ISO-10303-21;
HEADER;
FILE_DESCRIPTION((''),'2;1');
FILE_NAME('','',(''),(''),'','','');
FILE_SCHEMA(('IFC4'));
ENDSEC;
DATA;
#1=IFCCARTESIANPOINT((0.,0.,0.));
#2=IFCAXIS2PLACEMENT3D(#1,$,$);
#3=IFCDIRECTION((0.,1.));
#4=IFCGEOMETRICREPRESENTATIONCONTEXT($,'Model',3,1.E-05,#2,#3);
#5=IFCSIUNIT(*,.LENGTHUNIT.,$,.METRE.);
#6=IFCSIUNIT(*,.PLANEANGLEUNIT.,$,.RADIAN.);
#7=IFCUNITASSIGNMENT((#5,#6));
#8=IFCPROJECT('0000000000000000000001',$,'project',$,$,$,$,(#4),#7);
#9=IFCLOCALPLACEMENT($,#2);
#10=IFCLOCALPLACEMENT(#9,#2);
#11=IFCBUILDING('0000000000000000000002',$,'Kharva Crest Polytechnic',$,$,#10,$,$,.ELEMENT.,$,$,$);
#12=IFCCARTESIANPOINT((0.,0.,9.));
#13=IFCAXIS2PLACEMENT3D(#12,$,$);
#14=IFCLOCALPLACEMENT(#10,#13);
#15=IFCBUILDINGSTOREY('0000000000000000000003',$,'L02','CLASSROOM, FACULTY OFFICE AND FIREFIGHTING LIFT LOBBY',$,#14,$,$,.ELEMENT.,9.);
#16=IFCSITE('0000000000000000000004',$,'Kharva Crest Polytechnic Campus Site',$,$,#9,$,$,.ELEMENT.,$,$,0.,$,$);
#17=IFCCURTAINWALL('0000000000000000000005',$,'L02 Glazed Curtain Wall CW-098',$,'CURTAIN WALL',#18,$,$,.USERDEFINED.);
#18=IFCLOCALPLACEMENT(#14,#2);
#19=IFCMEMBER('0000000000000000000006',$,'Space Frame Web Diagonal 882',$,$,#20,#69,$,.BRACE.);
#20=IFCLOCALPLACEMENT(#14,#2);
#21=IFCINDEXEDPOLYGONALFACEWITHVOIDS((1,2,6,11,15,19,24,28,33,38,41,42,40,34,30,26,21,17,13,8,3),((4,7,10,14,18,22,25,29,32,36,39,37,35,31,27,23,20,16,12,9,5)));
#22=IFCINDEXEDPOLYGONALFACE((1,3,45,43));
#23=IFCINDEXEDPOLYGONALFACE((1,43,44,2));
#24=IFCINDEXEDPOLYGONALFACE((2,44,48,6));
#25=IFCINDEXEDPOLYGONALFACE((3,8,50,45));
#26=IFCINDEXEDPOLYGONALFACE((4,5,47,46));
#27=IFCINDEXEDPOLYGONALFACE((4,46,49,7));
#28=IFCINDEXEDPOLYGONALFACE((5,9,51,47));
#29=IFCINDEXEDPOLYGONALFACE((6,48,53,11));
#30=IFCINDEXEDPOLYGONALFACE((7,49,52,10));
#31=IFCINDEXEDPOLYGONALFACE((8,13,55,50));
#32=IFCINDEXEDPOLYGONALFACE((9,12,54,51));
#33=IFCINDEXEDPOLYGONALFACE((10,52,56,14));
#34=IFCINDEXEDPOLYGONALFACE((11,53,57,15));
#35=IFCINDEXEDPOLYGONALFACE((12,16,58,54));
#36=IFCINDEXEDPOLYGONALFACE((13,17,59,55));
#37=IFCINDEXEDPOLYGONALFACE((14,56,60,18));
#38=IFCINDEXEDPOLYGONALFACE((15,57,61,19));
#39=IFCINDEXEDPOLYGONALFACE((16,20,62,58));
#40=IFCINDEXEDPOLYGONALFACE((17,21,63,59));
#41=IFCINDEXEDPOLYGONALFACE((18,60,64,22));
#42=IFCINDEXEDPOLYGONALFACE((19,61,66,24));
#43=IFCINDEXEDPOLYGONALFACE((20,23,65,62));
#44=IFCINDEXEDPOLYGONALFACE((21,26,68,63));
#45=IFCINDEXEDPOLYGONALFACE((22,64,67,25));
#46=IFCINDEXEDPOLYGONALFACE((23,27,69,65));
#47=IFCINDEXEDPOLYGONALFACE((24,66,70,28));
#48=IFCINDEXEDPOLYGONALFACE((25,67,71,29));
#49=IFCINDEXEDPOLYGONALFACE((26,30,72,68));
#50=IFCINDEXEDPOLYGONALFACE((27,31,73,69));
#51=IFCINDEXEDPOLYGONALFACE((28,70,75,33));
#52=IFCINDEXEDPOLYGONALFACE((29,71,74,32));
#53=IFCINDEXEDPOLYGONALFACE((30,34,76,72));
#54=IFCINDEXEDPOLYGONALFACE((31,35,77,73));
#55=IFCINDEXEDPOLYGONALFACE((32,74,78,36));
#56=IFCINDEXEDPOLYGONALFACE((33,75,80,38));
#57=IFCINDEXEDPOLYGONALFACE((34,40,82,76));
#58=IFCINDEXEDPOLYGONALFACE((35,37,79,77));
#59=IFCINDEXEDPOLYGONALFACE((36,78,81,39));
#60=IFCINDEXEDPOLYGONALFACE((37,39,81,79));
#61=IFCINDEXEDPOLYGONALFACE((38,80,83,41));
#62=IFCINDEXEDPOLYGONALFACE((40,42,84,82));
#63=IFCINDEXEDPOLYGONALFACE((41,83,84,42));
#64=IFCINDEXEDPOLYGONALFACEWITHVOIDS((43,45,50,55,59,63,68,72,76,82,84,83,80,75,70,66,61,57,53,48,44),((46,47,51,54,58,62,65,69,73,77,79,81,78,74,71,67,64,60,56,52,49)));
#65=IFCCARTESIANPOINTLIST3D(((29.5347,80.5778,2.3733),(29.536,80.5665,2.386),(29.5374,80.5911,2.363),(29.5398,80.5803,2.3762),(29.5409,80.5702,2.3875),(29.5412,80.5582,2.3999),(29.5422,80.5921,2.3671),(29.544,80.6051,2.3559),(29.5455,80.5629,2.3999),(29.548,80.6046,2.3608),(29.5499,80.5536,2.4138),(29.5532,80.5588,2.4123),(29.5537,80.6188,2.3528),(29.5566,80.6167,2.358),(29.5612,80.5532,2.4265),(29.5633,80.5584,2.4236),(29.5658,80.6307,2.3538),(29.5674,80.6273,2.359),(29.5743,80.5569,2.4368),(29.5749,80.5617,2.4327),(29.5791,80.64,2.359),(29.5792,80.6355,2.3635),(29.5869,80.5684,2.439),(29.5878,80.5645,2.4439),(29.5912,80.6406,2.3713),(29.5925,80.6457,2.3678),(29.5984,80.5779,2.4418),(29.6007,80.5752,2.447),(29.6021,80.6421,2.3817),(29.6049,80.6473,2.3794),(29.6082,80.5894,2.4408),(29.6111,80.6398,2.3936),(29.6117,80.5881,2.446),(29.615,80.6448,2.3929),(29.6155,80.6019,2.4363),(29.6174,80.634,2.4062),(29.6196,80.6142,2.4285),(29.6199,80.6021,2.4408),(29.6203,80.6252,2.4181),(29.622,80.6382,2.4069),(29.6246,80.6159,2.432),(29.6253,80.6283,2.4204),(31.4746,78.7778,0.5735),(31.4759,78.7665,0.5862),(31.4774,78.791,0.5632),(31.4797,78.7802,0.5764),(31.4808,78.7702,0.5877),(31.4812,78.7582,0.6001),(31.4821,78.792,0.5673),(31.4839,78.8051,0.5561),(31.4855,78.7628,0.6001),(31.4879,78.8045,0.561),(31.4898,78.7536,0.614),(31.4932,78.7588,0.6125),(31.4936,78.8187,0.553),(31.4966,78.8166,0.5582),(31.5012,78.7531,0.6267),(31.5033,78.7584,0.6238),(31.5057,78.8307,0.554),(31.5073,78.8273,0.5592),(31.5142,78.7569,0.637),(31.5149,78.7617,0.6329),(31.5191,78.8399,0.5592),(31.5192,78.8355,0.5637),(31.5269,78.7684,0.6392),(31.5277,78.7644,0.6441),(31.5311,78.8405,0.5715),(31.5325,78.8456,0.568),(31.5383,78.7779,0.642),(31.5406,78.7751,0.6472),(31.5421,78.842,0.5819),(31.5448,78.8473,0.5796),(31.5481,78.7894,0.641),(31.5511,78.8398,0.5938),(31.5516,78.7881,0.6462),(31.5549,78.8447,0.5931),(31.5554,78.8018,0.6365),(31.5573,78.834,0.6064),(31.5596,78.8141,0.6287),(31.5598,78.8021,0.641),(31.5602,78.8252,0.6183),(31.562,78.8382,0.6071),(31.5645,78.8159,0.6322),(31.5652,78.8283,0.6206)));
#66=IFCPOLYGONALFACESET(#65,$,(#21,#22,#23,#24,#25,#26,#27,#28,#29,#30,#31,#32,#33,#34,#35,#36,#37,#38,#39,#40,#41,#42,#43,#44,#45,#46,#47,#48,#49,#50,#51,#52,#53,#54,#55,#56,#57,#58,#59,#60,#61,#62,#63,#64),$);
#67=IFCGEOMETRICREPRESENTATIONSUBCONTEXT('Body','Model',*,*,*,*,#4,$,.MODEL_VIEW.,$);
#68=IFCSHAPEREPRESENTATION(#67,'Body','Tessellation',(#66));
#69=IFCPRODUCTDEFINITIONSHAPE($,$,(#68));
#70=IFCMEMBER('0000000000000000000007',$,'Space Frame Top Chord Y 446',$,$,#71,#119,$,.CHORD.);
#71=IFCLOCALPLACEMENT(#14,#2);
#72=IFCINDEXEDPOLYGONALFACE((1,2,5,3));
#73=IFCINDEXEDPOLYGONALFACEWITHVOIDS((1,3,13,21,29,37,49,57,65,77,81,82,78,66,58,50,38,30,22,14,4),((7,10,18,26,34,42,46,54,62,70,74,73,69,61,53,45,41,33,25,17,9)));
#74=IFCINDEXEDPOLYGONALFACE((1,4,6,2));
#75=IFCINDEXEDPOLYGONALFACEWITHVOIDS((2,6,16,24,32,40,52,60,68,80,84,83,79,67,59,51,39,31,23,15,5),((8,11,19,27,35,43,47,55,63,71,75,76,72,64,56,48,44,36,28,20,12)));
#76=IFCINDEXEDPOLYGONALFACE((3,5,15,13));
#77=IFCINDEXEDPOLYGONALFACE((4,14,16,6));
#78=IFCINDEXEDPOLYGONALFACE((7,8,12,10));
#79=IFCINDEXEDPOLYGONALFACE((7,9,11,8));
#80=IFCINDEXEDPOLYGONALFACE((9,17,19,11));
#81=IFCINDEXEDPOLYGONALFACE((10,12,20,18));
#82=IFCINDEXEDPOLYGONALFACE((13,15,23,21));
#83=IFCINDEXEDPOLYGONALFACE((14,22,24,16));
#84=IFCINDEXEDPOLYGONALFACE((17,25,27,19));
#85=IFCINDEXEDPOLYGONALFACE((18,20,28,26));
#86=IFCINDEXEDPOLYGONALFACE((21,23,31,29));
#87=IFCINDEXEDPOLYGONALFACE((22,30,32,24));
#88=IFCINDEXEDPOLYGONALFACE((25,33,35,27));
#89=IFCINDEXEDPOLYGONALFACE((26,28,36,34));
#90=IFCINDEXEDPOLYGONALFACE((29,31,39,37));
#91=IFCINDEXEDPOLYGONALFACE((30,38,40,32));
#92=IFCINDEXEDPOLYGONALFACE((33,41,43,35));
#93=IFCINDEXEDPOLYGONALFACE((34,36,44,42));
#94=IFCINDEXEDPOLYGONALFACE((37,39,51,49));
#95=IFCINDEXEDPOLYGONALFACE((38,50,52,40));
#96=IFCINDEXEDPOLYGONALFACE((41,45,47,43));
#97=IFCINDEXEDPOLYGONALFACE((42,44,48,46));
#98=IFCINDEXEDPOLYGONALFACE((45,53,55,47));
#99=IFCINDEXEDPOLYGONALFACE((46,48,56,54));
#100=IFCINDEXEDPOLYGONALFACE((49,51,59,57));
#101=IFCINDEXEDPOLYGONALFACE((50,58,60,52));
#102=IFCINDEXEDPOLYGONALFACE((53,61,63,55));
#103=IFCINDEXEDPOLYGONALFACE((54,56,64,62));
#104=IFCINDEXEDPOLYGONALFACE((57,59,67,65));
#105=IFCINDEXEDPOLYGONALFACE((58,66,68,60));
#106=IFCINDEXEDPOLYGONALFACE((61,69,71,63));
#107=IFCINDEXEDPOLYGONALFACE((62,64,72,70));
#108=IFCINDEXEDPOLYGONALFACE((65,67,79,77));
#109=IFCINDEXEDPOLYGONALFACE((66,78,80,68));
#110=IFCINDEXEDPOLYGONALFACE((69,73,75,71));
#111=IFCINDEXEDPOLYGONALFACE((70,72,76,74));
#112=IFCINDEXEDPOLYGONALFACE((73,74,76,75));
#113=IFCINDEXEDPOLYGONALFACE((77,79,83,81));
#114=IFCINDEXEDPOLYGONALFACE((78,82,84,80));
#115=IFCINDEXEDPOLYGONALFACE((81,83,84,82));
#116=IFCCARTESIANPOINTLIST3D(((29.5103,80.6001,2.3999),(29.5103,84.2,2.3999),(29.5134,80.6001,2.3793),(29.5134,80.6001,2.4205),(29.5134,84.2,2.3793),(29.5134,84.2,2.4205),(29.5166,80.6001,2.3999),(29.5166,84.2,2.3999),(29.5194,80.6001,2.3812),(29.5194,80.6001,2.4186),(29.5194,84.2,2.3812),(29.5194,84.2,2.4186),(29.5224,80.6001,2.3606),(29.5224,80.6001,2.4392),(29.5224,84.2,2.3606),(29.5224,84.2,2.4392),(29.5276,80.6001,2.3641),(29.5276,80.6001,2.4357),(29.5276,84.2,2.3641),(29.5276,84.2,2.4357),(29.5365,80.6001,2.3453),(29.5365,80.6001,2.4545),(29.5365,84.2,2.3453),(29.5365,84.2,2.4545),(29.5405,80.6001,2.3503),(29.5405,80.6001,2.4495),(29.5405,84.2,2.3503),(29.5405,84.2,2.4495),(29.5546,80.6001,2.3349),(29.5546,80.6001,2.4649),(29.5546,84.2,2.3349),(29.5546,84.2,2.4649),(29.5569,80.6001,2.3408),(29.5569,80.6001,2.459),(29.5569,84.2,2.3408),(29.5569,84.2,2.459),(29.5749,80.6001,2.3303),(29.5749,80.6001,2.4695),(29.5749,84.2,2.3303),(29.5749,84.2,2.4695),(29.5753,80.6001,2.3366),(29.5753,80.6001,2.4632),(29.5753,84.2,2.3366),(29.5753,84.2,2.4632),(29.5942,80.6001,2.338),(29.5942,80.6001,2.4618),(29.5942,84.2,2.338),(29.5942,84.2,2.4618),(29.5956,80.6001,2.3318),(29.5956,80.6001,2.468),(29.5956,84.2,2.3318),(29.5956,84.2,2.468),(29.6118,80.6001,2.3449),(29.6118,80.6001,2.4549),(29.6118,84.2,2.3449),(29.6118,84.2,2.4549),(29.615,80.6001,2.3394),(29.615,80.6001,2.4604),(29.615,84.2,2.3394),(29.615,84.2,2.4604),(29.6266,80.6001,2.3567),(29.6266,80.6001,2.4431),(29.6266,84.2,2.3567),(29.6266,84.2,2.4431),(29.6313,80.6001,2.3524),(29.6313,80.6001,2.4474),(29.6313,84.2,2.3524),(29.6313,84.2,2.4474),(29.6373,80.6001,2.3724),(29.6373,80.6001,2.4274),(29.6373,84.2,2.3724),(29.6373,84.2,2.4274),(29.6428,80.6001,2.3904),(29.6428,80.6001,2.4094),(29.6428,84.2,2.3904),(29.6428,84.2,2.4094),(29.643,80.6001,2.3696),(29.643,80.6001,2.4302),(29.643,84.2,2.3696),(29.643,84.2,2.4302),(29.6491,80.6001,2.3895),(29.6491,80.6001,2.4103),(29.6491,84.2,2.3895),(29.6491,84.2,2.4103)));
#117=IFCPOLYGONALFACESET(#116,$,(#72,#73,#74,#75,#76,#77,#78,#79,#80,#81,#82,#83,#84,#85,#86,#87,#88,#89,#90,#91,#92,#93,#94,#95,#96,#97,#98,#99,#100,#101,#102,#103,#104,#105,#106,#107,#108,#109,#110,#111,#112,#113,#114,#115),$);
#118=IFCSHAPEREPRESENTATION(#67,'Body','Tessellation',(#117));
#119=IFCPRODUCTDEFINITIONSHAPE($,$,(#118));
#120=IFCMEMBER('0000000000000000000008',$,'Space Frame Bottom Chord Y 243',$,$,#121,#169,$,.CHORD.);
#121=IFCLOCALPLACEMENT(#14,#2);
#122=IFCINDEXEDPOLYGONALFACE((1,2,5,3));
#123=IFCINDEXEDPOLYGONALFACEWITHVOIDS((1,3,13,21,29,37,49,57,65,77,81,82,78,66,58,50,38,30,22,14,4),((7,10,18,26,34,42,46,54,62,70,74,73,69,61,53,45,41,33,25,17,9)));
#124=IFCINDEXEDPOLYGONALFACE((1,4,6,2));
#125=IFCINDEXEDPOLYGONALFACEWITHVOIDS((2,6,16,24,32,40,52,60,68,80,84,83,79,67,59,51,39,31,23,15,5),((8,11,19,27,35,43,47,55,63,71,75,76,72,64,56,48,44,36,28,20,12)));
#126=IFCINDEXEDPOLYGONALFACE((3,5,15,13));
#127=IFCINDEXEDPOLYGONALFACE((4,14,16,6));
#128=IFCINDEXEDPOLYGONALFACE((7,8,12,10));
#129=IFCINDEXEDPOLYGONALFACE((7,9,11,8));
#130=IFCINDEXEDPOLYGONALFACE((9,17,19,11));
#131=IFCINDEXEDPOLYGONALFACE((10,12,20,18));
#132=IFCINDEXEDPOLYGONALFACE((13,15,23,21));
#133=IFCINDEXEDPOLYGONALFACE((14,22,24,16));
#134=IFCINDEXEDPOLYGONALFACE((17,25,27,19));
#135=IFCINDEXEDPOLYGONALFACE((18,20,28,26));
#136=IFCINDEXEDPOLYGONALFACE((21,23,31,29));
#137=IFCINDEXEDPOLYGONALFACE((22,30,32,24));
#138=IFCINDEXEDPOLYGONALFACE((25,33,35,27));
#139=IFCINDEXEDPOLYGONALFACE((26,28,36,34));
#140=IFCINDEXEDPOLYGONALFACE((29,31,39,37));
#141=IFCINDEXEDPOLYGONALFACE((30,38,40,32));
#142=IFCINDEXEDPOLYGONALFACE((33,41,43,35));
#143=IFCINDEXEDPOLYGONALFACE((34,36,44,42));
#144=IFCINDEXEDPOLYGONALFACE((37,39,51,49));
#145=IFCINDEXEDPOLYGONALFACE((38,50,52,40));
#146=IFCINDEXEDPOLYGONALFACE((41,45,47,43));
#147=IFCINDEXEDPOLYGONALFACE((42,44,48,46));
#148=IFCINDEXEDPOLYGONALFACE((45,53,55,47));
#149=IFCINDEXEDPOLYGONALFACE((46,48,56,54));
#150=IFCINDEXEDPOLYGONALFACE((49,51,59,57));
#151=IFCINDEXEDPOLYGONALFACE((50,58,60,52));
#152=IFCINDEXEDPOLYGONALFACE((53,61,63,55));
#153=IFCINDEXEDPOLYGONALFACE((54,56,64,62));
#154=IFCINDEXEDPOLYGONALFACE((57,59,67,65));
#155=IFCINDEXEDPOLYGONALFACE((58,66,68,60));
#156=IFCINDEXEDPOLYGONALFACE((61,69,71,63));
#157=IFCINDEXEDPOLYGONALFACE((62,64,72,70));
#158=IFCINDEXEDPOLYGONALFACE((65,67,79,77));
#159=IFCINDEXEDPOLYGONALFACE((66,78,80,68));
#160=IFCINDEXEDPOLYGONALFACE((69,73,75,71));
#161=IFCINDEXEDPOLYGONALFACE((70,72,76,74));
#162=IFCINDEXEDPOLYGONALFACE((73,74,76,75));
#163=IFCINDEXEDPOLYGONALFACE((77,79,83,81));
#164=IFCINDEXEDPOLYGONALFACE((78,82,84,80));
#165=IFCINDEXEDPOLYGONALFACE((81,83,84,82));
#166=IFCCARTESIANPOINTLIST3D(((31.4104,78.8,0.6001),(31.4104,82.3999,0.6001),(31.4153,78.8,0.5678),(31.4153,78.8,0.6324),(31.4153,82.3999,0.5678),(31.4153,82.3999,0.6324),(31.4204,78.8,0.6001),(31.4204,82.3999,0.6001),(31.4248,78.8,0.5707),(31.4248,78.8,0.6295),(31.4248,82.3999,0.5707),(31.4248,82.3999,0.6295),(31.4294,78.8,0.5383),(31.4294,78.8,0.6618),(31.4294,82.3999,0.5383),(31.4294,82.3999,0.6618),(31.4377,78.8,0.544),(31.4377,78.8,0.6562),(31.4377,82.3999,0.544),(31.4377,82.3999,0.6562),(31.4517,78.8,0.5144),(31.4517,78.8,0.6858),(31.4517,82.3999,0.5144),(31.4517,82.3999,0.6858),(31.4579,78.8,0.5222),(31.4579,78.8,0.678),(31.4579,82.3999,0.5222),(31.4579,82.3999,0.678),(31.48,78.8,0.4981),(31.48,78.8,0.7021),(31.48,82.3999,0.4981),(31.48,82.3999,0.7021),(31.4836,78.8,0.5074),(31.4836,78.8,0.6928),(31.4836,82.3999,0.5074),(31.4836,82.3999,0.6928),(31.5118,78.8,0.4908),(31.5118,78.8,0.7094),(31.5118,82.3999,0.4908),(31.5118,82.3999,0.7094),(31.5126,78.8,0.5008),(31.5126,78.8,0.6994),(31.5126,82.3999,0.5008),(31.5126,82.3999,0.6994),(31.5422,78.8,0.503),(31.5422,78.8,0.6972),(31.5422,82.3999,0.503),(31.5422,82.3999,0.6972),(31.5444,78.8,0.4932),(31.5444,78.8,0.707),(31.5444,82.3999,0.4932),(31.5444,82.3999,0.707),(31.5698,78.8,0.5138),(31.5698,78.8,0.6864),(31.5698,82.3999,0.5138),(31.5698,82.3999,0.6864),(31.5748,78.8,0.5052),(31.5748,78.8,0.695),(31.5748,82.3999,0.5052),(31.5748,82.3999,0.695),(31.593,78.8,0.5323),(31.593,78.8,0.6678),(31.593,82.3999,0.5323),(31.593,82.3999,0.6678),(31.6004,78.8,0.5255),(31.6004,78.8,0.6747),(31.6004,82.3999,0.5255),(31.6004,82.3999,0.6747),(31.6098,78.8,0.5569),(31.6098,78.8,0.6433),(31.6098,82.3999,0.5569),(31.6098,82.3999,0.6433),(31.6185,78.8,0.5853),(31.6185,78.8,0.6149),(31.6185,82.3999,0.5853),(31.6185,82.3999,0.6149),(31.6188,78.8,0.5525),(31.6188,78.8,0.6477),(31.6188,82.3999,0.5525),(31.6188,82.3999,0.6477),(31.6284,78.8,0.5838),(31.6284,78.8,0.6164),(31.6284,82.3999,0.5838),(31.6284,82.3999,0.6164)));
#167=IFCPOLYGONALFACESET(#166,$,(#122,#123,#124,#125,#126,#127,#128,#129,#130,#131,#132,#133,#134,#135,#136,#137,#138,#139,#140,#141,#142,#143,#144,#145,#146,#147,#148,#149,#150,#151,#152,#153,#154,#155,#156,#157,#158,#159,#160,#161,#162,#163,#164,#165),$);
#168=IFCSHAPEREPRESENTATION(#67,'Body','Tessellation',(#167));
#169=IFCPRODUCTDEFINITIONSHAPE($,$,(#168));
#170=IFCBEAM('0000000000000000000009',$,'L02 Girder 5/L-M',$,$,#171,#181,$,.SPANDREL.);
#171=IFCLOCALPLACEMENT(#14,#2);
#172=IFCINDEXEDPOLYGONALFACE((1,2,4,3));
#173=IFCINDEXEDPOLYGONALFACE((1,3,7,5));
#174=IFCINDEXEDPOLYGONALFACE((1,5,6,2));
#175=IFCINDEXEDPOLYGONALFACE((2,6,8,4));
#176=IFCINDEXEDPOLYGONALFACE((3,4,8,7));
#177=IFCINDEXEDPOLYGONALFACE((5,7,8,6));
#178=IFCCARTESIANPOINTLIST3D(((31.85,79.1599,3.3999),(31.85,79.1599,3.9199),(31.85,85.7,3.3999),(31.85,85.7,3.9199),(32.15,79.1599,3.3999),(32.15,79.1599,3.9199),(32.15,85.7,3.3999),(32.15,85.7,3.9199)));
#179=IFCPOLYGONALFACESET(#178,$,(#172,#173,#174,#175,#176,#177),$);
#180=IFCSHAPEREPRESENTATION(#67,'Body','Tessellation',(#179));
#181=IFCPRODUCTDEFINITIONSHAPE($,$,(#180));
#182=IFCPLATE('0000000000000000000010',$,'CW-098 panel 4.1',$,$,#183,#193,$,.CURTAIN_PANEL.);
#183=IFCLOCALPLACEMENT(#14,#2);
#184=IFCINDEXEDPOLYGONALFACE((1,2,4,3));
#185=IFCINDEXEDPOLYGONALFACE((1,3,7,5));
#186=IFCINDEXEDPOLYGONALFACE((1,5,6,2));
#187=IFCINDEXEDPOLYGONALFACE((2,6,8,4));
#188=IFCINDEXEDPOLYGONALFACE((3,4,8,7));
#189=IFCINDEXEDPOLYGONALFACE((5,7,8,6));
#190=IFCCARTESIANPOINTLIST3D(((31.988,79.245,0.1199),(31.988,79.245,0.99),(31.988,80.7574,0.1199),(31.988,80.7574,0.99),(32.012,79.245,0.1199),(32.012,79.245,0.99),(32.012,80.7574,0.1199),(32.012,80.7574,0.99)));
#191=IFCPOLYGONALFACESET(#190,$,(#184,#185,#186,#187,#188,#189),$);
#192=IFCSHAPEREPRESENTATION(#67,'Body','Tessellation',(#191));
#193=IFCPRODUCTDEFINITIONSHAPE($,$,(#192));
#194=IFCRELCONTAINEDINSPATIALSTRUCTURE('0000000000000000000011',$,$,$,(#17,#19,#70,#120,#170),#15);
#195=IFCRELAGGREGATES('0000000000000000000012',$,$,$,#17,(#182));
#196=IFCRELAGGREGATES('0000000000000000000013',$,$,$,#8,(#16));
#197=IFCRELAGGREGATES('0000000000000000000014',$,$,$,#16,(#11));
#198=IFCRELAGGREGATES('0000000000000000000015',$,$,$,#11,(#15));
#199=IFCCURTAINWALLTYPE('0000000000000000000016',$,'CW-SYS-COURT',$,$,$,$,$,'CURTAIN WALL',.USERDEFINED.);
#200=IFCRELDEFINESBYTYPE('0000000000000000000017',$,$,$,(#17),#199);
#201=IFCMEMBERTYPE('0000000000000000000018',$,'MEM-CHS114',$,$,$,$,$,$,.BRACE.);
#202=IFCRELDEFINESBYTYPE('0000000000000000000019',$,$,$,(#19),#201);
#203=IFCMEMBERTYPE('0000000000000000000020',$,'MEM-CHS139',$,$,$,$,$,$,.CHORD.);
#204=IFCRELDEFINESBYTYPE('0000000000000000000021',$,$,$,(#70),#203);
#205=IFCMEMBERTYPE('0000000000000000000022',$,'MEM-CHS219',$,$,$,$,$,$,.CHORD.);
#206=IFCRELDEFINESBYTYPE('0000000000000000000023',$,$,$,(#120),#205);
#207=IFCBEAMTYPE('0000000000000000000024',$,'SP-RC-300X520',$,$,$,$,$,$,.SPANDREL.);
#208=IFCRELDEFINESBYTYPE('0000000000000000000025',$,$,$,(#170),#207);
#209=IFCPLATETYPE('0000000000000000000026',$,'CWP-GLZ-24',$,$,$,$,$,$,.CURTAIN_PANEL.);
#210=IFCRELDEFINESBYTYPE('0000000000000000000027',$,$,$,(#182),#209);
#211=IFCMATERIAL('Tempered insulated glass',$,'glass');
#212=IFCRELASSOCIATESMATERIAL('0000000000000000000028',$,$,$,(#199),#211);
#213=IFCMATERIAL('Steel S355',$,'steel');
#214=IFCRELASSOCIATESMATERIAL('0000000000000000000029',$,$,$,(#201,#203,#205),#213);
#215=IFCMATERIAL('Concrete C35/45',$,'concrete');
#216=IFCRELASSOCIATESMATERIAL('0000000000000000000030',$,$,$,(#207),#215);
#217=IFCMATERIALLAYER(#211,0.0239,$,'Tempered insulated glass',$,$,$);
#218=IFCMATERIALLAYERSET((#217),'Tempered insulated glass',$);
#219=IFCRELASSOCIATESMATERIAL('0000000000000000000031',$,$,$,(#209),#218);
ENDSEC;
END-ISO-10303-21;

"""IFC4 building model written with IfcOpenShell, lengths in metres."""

from ifc_helpers import new_model, si_unit, direction, frame, origin, origin_2d, place, context, subcontext, project, spatial, rectangle, hollow_circle, extrude, material, layer, layer_set, material_profile, profile_set, type_object, element, aggregate, save


model = new_model("IFC4")

# Units and contexts
model_context = context("Model", 3, precision=1e-05, world=origin(), true_north=direction((0.0, 1.0)))
body_context = subcontext(model_context, "Body", "Model", "MODEL_VIEW")
ifc_project = project(units=[si_unit("LENGTHUNIT", "METRE"), si_unit("PLANEANGLEUNIT", "RADIAN")], contexts=[model_context])

# Site, building, storey
site_placement = place(None, origin())
site = spatial("IfcSite", under=ifc_project, at=site_placement, Name="Kharva Crest Polytechnic Campus Site", CompositionType="ELEMENT", RefElevation=0.0)
building_placement = place(site_placement, origin())
building = spatial("IfcBuilding", under=site, at=building_placement, Name="Kharva Crest Polytechnic", CompositionType="ELEMENT")
storey_placement = place(building_placement, frame((0.0, 0.0, 9.0)))
storey = spatial("IfcBuildingStorey", under=building, at=storey_placement, Name="L02", Description="CLASSROOM, FACULTY OFFICE AND FIREFIGHTING LIFT LOBBY", CompositionType="ELEMENT", Elevation=9.0)

# Shared definitions
ifc_material_1 = material(Name="Concrete C35/45", Category="concrete")

# Curtain wall
ifc_material_2 = material(Name="Tempered insulated glass", Category="glass")
curtain_wall_type_1 = type_object("IfcCurtainWallType", Name="CW-SYS-COURT", ElementType="CURTAIN WALL", PredefinedType="USERDEFINED", material=ifc_material_2)
curtain_wall_1_placement = place(storey_placement, origin())
curtain_wall_1 = element("IfcCurtainWall", 1, at=curtain_wall_1_placement, inside=storey, type_object=curtain_wall_type_1, Name="L02 Glazed Curtain Wall CW-098", ObjectType="CURTAIN WALL", PredefinedType="USERDEFINED")
ifc_material_3 = material(Name="Steel S355", Category="steel")

# Members
ifc_material_profile_1 = material_profile(ifc_material_3, hollow_circle(Radius=0.0571, WallThickness=0.0063, at=origin_2d()), Name="CHS 114.3X6.3")
ifc_profile_set_1 = profile_set([ifc_material_profile_1], Name="Steel S355")
member_type_1 = type_object("IfcMemberType", Name="MEM-CHS114", PredefinedType="BRACE", material=ifc_profile_set_1)
member_1_placement = place(storey_placement, frame((31.52, 78.8, 0.6001), z_axis=(-0.606147, 0.562437, 0.562361), x_axis=(-0.680182, -0.733043, 0.0)))
element("IfcMember", 2, at=member_1_placement, inside=storey, type_object=member_type_1, Name="Space Frame Web Diagonal 882", PredefinedType="BRACE", context=body_context, shape_type="SweptSolid", body=[
    extrude(hollow_circle(Radius=0.0571, WallThickness=0.0063, at=origin_2d()), origin(), (0.0, 0.0, 1.0), 3.2004),
])
ifc_material_profile_2 = material_profile(ifc_material_3, hollow_circle(Radius=0.0698, WallThickness=0.0063, at=origin_2d()), Name="CHS 139.7X6.3")
ifc_profile_set_2 = profile_set([ifc_material_profile_2], Name="Steel S355")
member_type_2 = type_object("IfcMemberType", Name="MEM-CHS139", PredefinedType="CHORD", material=ifc_profile_set_2)
member_2_placement = place(storey_placement, frame((29.5801, 80.6001, 2.3999), z_axis=(0.0, 1.0, 0.0), x_axis=(-1.0, 0.0, 0.0)))
element("IfcMember", 3, at=member_2_placement, inside=storey, type_object=member_type_2, Name="Space Frame Top Chord Y 446", PredefinedType="CHORD", context=body_context, shape_type="SweptSolid", body=[
    extrude(hollow_circle(Radius=0.0698, WallThickness=0.0063, at=origin_2d()), origin(), (0.0, 0.0, 1.0), 3.5999),
])
ifc_material_profile_3 = material_profile(ifc_material_3, hollow_circle(Radius=0.1096, WallThickness=0.01, at=origin_2d()), Name="CHS 219.1X10.0")
ifc_profile_set_3 = profile_set([ifc_material_profile_3], Name="Steel S355")
member_type_3 = type_object("IfcMemberType", Name="MEM-CHS219", PredefinedType="CHORD", material=ifc_profile_set_3)
member_3_placement = place(storey_placement, frame((31.52, 78.8, 0.6001), z_axis=(0.0, 1.0, 0.0), x_axis=(-1.0, 0.0, 0.0)))
element("IfcMember", 4, at=member_3_placement, inside=storey, type_object=member_type_3, Name="Space Frame Bottom Chord Y 243", PredefinedType="CHORD", context=body_context, shape_type="SweptSolid", body=[
    extrude(hollow_circle(Radius=0.1096, WallThickness=0.01, at=origin_2d()), origin(), (0.0, 0.0, 1.0), 3.5999),
])

# Beam
ifc_material_profile_4 = material_profile(ifc_material_1, rectangle(XDim=0.3, YDim=0.52, at=origin_2d()), Name="RECT 300 X 520")
ifc_profile_set_4 = profile_set([ifc_material_profile_4], Name="Concrete C35/45")
beam_type_1 = type_object("IfcBeamType", Name="SP-RC-300X520", PredefinedType="SPANDREL", material=ifc_profile_set_4)
beam_1_placement = place(storey_placement, frame((32.0, 79.1599, 3.6599), z_axis=(0.0, 1.0, 0.0), x_axis=(-1.0, 0.0, 0.0)))
element("IfcBeam", 5, at=beam_1_placement, inside=storey, type_object=beam_type_1, Name="L02 Girder 5/L-M", PredefinedType="SPANDREL", context=body_context, shape_type="SweptSolid", body=[
    extrude(rectangle(XDim=0.3, YDim=0.52, at=origin_2d()), origin(), (0.0, 0.0, 1.0), 6.54),
])

# Plate
ifc_layer_1 = layer(ifc_material_2, 0.0239, Name="Tempered insulated glass")
ifc_layer_set_1 = layer_set([ifc_layer_1], Name="Tempered insulated glass")
plate_type_1 = type_object("IfcPlateType", Name="CWP-GLZ-24", PredefinedType="CURTAIN_PANEL", material=ifc_layer_set_1)
plate_1_placement = place(storey_placement, frame((32.0, 80.0012, 0.1199), z_axis=(0.0, 0.0, 1.0), x_axis=(0.0, -1.0, 0.0)))
plate_1 = element("IfcPlate", 6, at=plate_1_placement, type_object=plate_type_1, Name="CW-098 panel 4.1", PredefinedType="CURTAIN_PANEL", context=body_context, shape_type="SweptSolid", body=[
    extrude(rectangle(XDim=1.5125, YDim=0.0239, at=origin_2d()), origin(), (0.0, 0.0, 1.0), 0.8701),
])
aggregate(curtain_wall_1, [plate_1])

save(model, "model.ifc")
